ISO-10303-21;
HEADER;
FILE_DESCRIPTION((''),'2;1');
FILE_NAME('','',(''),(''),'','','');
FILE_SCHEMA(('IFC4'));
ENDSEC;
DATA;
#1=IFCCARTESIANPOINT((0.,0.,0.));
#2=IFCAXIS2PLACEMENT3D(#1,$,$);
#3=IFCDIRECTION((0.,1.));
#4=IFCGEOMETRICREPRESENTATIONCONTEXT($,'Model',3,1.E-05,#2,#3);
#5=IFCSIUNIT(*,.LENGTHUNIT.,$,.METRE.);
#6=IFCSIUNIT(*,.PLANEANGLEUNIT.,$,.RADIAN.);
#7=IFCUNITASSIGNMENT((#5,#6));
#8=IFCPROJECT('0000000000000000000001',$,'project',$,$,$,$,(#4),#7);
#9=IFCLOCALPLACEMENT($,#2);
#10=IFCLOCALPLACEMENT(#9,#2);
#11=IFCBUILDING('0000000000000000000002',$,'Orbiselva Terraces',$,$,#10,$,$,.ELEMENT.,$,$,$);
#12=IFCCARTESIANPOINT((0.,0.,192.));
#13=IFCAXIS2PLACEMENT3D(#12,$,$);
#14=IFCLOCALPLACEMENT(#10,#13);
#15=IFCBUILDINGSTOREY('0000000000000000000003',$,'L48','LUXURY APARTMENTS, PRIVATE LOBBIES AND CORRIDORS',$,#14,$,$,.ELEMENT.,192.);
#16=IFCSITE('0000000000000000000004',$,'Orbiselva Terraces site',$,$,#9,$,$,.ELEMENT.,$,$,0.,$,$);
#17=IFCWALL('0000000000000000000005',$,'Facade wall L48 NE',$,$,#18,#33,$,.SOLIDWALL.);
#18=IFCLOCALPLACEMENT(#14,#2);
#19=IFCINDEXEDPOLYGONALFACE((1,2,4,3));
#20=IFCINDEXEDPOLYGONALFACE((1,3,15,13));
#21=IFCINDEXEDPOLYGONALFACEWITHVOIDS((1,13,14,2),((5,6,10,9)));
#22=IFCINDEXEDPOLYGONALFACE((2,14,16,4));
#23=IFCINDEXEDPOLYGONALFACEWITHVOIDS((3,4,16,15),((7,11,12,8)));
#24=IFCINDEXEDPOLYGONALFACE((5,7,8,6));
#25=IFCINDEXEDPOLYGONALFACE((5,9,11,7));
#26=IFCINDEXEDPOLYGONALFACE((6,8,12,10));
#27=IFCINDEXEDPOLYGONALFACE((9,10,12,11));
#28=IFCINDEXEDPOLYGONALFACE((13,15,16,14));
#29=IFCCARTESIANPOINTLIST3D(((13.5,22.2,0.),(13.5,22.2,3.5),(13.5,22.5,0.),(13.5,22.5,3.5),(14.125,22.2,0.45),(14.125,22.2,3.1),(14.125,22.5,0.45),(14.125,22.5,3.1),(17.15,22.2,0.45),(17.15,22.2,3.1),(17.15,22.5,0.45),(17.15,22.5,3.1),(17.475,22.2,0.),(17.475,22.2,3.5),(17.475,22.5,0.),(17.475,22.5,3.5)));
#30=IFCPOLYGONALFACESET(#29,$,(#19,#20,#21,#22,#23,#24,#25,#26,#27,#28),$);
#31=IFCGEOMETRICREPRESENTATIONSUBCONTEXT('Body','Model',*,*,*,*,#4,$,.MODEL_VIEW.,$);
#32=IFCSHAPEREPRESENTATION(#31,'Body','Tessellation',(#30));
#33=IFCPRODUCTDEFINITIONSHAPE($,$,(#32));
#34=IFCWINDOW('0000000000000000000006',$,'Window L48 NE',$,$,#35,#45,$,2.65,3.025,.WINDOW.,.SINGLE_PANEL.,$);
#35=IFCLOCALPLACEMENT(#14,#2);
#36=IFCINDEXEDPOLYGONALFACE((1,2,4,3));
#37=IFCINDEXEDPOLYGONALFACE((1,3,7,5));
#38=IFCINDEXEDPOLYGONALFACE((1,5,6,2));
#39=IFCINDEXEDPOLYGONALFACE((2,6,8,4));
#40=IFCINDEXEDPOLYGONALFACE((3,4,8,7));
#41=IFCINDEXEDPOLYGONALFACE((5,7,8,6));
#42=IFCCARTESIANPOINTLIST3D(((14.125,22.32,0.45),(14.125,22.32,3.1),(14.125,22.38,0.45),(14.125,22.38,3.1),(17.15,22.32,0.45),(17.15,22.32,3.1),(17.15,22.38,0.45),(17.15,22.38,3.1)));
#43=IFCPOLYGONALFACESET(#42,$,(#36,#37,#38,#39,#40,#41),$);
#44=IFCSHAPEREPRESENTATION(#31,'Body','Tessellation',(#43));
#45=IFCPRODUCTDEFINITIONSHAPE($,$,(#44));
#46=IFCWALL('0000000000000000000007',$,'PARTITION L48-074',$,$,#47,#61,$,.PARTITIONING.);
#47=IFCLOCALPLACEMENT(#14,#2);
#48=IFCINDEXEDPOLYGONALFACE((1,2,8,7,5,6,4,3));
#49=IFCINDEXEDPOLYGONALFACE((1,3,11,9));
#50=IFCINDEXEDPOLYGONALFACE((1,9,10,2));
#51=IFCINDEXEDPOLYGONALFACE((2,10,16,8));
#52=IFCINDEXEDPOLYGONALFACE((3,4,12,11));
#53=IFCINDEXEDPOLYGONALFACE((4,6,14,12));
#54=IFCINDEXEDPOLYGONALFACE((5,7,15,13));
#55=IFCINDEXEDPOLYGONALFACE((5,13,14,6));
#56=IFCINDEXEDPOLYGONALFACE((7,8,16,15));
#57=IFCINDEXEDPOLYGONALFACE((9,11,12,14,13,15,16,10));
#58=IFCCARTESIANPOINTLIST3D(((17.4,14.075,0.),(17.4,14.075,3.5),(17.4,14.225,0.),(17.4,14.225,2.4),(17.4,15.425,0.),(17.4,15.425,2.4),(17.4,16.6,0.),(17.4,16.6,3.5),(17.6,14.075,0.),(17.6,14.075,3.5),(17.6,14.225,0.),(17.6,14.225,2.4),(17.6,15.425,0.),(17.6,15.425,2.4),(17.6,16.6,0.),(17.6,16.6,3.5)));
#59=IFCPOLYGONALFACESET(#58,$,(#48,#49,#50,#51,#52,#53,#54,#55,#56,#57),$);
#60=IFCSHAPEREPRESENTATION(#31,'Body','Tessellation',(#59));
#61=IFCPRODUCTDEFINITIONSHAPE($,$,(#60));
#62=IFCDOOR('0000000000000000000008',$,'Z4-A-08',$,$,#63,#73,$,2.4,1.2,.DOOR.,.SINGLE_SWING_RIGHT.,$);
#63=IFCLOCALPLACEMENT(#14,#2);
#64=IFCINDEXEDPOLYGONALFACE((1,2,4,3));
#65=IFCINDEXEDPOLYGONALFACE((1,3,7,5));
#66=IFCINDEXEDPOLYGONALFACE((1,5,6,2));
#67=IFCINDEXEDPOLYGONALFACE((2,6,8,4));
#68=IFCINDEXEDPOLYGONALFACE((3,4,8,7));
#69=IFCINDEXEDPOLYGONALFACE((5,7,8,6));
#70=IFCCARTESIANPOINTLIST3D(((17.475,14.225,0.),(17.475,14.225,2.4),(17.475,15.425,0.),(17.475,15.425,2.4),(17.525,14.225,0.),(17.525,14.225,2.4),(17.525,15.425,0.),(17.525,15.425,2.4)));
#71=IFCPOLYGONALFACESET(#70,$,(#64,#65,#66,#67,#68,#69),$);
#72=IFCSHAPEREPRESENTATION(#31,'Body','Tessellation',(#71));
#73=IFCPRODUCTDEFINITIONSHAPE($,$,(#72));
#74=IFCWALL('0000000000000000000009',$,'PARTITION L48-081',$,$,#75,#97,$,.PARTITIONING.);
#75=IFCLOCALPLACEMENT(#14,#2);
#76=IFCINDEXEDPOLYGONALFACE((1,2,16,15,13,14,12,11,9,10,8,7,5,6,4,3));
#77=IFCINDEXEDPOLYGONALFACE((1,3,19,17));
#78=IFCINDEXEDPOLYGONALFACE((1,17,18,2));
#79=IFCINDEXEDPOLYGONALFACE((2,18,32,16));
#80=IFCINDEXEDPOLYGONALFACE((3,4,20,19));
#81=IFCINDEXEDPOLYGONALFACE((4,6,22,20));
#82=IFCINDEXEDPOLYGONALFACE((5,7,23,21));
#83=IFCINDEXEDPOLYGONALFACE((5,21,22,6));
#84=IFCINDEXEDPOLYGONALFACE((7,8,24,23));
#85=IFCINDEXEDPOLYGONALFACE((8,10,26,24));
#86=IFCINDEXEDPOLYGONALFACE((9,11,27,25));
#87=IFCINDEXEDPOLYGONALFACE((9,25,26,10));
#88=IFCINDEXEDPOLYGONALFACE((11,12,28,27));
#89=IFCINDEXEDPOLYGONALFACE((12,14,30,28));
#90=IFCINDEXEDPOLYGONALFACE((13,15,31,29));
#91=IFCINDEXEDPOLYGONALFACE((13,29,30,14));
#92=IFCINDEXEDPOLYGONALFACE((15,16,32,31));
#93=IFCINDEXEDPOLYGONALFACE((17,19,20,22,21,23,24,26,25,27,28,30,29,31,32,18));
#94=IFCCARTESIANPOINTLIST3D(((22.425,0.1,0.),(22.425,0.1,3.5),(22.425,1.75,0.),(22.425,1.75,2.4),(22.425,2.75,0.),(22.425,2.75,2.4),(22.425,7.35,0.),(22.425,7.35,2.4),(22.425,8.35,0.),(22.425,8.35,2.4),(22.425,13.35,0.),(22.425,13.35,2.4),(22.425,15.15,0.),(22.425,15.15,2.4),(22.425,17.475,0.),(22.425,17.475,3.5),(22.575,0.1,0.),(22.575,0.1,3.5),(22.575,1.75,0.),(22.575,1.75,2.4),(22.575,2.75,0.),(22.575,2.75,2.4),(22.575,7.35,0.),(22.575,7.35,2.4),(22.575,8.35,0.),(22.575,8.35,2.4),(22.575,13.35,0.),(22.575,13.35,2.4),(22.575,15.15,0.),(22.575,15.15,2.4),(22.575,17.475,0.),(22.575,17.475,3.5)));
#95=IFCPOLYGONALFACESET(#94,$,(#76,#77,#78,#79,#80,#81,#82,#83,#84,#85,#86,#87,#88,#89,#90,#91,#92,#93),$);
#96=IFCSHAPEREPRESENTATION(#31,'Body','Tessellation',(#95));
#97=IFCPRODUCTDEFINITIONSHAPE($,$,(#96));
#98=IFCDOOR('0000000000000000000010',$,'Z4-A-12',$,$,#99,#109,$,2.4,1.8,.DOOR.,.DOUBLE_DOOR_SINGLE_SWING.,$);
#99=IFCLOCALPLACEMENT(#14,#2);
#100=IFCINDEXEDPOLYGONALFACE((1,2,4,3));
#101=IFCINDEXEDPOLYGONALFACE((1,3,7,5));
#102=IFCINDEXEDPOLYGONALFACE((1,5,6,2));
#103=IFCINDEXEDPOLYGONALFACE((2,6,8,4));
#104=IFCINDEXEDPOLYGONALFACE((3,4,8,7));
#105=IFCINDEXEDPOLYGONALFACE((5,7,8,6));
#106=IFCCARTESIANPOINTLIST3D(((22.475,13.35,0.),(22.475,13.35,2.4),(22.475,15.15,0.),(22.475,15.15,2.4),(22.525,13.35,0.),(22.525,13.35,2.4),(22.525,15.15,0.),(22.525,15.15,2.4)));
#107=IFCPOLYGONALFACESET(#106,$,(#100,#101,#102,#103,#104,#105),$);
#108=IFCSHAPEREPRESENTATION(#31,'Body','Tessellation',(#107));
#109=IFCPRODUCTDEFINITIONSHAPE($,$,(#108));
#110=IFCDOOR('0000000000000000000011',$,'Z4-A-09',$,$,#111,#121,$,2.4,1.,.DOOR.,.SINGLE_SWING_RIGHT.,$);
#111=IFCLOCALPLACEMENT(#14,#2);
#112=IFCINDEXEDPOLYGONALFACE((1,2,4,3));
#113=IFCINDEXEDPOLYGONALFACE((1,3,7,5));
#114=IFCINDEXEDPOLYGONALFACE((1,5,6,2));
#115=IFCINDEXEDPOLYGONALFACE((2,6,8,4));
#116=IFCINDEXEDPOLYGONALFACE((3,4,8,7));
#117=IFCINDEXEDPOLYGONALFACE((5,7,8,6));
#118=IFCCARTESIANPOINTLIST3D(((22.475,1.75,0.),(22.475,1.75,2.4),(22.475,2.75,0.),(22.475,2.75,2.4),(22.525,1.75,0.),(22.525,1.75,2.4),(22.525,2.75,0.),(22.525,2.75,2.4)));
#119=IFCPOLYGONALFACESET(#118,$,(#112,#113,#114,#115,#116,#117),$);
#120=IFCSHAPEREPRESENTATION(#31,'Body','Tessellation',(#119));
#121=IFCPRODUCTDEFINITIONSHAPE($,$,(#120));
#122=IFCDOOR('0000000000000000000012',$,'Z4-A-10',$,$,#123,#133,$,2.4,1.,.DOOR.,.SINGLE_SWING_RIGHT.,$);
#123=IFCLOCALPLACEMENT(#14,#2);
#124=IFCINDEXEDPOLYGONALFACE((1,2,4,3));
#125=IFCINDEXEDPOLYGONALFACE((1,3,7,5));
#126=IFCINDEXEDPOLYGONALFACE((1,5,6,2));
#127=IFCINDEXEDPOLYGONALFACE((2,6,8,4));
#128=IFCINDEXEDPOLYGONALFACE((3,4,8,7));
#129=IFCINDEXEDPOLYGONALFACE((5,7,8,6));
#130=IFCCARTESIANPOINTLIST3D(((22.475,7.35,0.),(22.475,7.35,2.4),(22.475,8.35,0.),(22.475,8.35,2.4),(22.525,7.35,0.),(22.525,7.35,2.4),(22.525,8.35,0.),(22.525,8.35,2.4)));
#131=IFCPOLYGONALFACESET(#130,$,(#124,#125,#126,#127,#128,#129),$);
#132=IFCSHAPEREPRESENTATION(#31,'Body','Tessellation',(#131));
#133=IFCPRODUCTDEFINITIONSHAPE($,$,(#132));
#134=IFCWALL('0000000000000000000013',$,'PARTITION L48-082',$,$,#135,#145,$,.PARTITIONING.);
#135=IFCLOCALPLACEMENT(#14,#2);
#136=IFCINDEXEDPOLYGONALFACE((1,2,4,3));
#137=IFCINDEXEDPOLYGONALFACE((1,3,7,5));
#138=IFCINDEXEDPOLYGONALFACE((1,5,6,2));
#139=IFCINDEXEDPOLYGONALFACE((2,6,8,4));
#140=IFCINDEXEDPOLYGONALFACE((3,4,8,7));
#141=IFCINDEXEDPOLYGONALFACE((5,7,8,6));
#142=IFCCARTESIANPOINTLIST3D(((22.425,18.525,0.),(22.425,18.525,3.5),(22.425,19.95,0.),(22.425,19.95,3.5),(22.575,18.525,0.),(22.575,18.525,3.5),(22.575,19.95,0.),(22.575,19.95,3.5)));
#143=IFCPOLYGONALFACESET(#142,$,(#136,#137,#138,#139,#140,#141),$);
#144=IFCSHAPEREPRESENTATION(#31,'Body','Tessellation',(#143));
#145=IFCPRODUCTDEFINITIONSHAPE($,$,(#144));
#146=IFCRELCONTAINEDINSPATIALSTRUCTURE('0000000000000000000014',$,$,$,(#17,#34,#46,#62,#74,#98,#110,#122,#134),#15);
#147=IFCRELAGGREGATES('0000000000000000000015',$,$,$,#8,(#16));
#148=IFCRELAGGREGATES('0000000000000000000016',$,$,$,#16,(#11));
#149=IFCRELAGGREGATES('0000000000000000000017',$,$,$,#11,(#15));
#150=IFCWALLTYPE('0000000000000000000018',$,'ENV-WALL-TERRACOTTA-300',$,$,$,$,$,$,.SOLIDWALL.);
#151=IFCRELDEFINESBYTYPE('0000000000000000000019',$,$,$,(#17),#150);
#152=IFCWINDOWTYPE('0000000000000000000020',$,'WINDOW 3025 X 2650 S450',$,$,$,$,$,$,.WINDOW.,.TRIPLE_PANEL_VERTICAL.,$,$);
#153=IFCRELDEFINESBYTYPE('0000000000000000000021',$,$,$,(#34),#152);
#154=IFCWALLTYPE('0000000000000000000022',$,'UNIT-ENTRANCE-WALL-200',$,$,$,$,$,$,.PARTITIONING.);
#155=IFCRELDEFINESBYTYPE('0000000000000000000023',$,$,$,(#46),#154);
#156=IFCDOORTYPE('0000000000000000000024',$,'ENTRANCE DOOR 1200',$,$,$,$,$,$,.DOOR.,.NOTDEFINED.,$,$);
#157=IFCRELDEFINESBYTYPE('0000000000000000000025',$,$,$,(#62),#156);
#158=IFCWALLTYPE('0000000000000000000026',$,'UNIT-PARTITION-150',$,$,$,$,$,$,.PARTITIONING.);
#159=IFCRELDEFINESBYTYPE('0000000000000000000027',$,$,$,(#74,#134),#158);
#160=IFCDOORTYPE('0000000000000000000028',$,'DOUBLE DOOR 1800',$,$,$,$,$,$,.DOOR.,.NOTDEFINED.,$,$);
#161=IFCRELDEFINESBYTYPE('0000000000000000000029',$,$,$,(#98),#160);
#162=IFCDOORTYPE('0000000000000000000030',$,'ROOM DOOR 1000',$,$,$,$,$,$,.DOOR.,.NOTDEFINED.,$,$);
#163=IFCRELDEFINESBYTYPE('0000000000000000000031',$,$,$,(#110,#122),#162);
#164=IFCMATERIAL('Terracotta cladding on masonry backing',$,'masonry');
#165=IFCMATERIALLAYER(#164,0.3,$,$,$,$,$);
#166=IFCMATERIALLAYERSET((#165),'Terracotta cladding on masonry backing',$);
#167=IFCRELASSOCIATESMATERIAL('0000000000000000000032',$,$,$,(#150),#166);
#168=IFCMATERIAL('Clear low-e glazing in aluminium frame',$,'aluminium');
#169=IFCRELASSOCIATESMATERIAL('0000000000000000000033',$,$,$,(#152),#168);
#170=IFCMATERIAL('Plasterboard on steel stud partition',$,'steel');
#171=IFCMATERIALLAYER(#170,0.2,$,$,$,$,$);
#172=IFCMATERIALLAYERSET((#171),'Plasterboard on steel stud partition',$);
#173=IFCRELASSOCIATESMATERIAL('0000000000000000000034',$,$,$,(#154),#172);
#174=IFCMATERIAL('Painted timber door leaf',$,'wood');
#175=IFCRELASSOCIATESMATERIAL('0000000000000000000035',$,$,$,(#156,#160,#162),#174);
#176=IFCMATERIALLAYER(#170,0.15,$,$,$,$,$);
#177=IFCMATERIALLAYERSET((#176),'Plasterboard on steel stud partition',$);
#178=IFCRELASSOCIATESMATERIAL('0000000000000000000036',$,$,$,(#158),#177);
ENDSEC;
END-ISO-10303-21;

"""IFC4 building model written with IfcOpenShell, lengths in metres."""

from ifc_helpers import new_model, si_unit, direction, frame, frame_2d, origin, place, context, subcontext, project, spatial, rectangle, extrude, material, layer, layer_set, type_object, element, fill, save


model = new_model("IFC4")

# Units and contexts
model_context = context("Model", 3, precision=1e-05, world=origin(), true_north=direction((0.0, 1.0)))
body_context = subcontext(model_context, "Body", "Model", "MODEL_VIEW")
ifc_project = project(units=[si_unit("LENGTHUNIT", "METRE"), si_unit("PLANEANGLEUNIT", "RADIAN")], contexts=[model_context])

# Site, building, storey
site_placement = place(None, origin())
site = spatial("IfcSite", under=ifc_project, at=site_placement, Name="Orbiselva Terraces site", CompositionType="ELEMENT", RefElevation=0.0)
building_placement = place(site_placement, origin())
building = spatial("IfcBuilding", under=site, at=building_placement, Name="Orbiselva Terraces", CompositionType="ELEMENT")
storey_placement = place(building_placement, frame((0.0, 0.0, 192.0)))
storey = spatial("IfcBuildingStorey", under=building, at=storey_placement, Name="L48", Description="LUXURY APARTMENTS, PRIVATE LOBBIES AND CORRIDORS", CompositionType="ELEMENT", Elevation=192.0)

# Shared definitions
ifc_material_1 = material(Name="Terracotta cladding on masonry backing", Category="masonry")
ifc_layer_1 = layer(ifc_material_1, 0.3)
ifc_layer_set_1 = layer_set([ifc_layer_1], Name="Terracotta cladding on masonry backing")
wall_type_1 = type_object("IfcWallType", Name="ENV-WALL-TERRACOTTA-300", PredefinedType="SOLIDWALL", material=ifc_layer_set_1)
ifc_material_2 = material(Name="Clear low-e glazing in aluminium frame", Category="aluminium")
window_type = type_object("IfcWindowType", Name="WINDOW 3025 X 2650 S450", PartitioningType="TRIPLE_PANEL_VERTICAL", PredefinedType="WINDOW", material=ifc_material_2)

# Wall, opening, window
wall_1_placement = place(storey_placement, frame((13.5, 22.35, 0.0), z_axis=(0.0, 0.0, 1.0), x_axis=(1.0, 0.0, 0.0)))
wall_1 = element("IfcWall", 1, at=wall_1_placement, inside=storey, type_object=wall_type_1, Name="Facade wall L48 NE", PredefinedType="SOLIDWALL", context=body_context, shape_type="SweptSolid", body=[
    extrude(rectangle(XDim=3.975, YDim=0.3, at=frame_2d((1.9875, 0.0))), origin(), (0.0, 0.0, 1.0), 3.5),
])
opening_1_placement = place(wall_1_placement, frame((0.625, 0.0, 0.45)))
opening_1 = element("IfcOpeningElement", 2, at=opening_1_placement, cuts=wall_1, PredefinedType="OPENING", context=body_context, shape_type="SweptSolid", body=[
    extrude(rectangle(XDim=3.025, YDim=2.65, at=frame_2d((1.5125, 1.325))), frame((0.0, 0.16, 0.0), z_axis=(0.0, -1.0, 0.0), x_axis=(1.0, 0.0, 0.0)), (0.0, 0.0, 1.0), 0.32),
])
window_1_placement = place(opening_1_placement, origin())
window_1 = element("IfcWindow", 3, at=window_1_placement, inside=storey, type_object=window_type, Name="Window L48 NE", OverallHeight=2.65, OverallWidth=3.025, PartitioningType="SINGLE_PANEL", PredefinedType="WINDOW", context=body_context, shape_type="SweptSolid", body=[
    extrude(rectangle(XDim=3.025, YDim=2.65, at=frame_2d((1.5125, 1.325))), frame((0.0, 0.03, 0.0), z_axis=(0.0, -1.0, 0.0), x_axis=(1.0, 0.0, 0.0)), (0.0, 0.0, 1.0), 0.06),
])
fill(opening_1, window_1)

# Wall, opening, door
ifc_material_3 = material(Name="Plasterboard on steel stud partition", Category="steel")
ifc_layer_2 = layer(ifc_material_3, 0.2)
ifc_layer_set_2 = layer_set([ifc_layer_2], Name="Plasterboard on steel stud partition")
wall_type_2 = type_object("IfcWallType", Name="UNIT-ENTRANCE-WALL-200", PredefinedType="PARTITIONING", material=ifc_layer_set_2)
wall_2_placement = place(storey_placement, frame((17.5, 16.6, 0.0), z_axis=(0.0, 0.0, 1.0), x_axis=(0.0, -1.0, 0.0)))
wall_2 = element("IfcWall", 4, at=wall_2_placement, inside=storey, type_object=wall_type_2, Name="PARTITION L48-074", PredefinedType="PARTITIONING", context=body_context, shape_type="SweptSolid", body=[
    extrude(rectangle(XDim=2.525, YDim=0.2, at=frame_2d((1.2625, 0.0))), origin(), (0.0, 0.0, 1.0), 3.5),
])
opening_2_placement = place(wall_2_placement, frame((1.175, 0.0, 0.0)))
opening_2 = element("IfcOpeningElement", 5, at=opening_2_placement, cuts=wall_2, PredefinedType="OPENING", context=body_context, shape_type="SweptSolid", body=[
    extrude(rectangle(XDim=1.2, YDim=2.4, at=frame_2d((0.6, 1.2))), frame((0.0, 0.11, 0.0), z_axis=(0.0, -1.0, 0.0), x_axis=(1.0, 0.0, 0.0)), (0.0, 0.0, 1.0), 0.22),
])
ifc_material_4 = material(Name="Painted timber door leaf", Category="wood")
door_type_1 = type_object("IfcDoorType", Name="ENTRANCE DOOR 1200", OperationType="NOTDEFINED", PredefinedType="DOOR", material=ifc_material_4)
door_1_placement = place(opening_2_placement, origin())
door_1 = element("IfcDoor", 6, at=door_1_placement, inside=storey, type_object=door_type_1, Name="Z4-A-08", OperationType="SINGLE_SWING_RIGHT", OverallHeight=2.4, OverallWidth=1.2, PredefinedType="DOOR", context=body_context, shape_type="SweptSolid", body=[
    extrude(rectangle(XDim=1.2, YDim=2.4, at=frame_2d((0.6, 1.2))), frame((0.0, 0.025, 0.0), z_axis=(0.0, -1.0, 0.0), x_axis=(1.0, 0.0, 0.0)), (0.0, 0.0, 1.0), 0.05),
])
fill(opening_2, door_1)

# Wall, openings, doors
ifc_layer_3 = layer(ifc_material_3, 0.15)
ifc_layer_set_3 = layer_set([ifc_layer_3], Name="Plasterboard on steel stud partition")
wall_type_3 = type_object("IfcWallType", Name="UNIT-PARTITION-150", PredefinedType="PARTITIONING", material=ifc_layer_set_3)
wall_3_placement = place(storey_placement, frame((22.5, 17.475, 0.0), z_axis=(0.0, 0.0, 1.0), x_axis=(0.0, -1.0, 0.0)))
wall_3 = element("IfcWall", 7, at=wall_3_placement, inside=storey, type_object=wall_type_3, Name="PARTITION L48-081", PredefinedType="PARTITIONING", context=body_context, shape_type="SweptSolid", body=[
    extrude(rectangle(XDim=17.375, YDim=0.15, at=frame_2d((8.6875, 0.0))), origin(), (0.0, 0.0, 1.0), 3.5),
])
opening_3_placement = place(wall_3_placement, frame((14.725, 0.0, 0.0)))
opening_3 = element("IfcOpeningElement", 8, at=opening_3_placement, cuts=wall_3, PredefinedType="OPENING", context=body_context, shape_type="SweptSolid", body=[
    extrude(rectangle(XDim=1.0, YDim=2.4, at=frame_2d((0.5, 1.2))), frame((0.0, 0.085, 0.0), z_axis=(0.0, -1.0, 0.0), x_axis=(1.0, 0.0, 0.0)), (0.0, 0.0, 1.0), 0.17),
])
opening_4_placement = place(wall_3_placement, frame((9.125, 0.0, 0.0)))
opening_4 = element("IfcOpeningElement", 9, at=opening_4_placement, cuts=wall_3, PredefinedType="OPENING", context=body_context, shape_type="SweptSolid", body=[
    extrude(rectangle(XDim=1.0, YDim=2.4, at=frame_2d((0.5, 1.2))), frame((0.0, 0.085, 0.0), z_axis=(0.0, -1.0, 0.0), x_axis=(1.0, 0.0, 0.0)), (0.0, 0.0, 1.0), 0.17),
])
opening_5_placement = place(wall_3_placement, frame((2.325, 0.0, 0.0)))
opening_5 = element("IfcOpeningElement", 10, at=opening_5_placement, cuts=wall_3, PredefinedType="OPENING", context=body_context, shape_type="SweptSolid", body=[
    extrude(rectangle(XDim=1.8, YDim=2.4, at=frame_2d((0.9, 1.2))), frame((0.0, 0.085, 0.0), z_axis=(0.0, -1.0, 0.0), x_axis=(1.0, 0.0, 0.0)), (0.0, 0.0, 1.0), 0.17),
])
door_type_2 = type_object("IfcDoorType", Name="DOUBLE DOOR 1800", OperationType="NOTDEFINED", PredefinedType="DOOR", material=ifc_material_4)
door_2_placement = place(opening_5_placement, origin())
door_2 = element("IfcDoor", 11, at=door_2_placement, inside=storey, type_object=door_type_2, Name="Z4-A-12", OperationType="DOUBLE_DOOR_SINGLE_SWING", OverallHeight=2.4, OverallWidth=1.8, PredefinedType="DOOR", context=body_context, shape_type="SweptSolid", body=[
    extrude(rectangle(XDim=1.8, YDim=2.4, at=frame_2d((0.9, 1.2))), frame((0.0, 0.025, 0.0), z_axis=(0.0, -1.0, 0.0), x_axis=(1.0, 0.0, 0.0)), (0.0, 0.0, 1.0), 0.05),
])
fill(opening_5, door_2)
door_type_3 = type_object("IfcDoorType", Name="ROOM DOOR 1000", OperationType="NOTDEFINED", PredefinedType="DOOR", material=ifc_material_4)
door_3_placement = place(opening_3_placement, origin())
door_3 = element("IfcDoor", 12, at=door_3_placement, inside=storey, type_object=door_type_3, Name="Z4-A-09", OperationType="SINGLE_SWING_RIGHT", OverallHeight=2.4, OverallWidth=1.0, PredefinedType="DOOR", context=body_context, shape_type="SweptSolid", body=[
    extrude(rectangle(XDim=1.0, YDim=2.4, at=frame_2d((0.5, 1.2))), frame((0.0, 0.025, 0.0), z_axis=(0.0, -1.0, 0.0), x_axis=(1.0, 0.0, 0.0)), (0.0, 0.0, 1.0), 0.05),
])
fill(opening_3, door_3)
door_4_placement = place(opening_4_placement, origin())
door_4 = element("IfcDoor", 13, at=door_4_placement, inside=storey, type_object=door_type_3, Name="Z4-A-10", OperationType="SINGLE_SWING_RIGHT", OverallHeight=2.4, OverallWidth=1.0, PredefinedType="DOOR", context=body_context, shape_type="SweptSolid", body=[
    extrude(rectangle(XDim=1.0, YDim=2.4, at=frame_2d((0.5, 1.2))), frame((0.0, 0.025, 0.0), z_axis=(0.0, -1.0, 0.0), x_axis=(1.0, 0.0, 0.0)), (0.0, 0.0, 1.0), 0.05),
])
fill(opening_4, door_4)

# Wall
wall_4_placement = place(storey_placement, frame((22.5, 18.525, 0.0), z_axis=(0.0, 0.0, 1.0), x_axis=(0.0, 1.0, 0.0)))
element("IfcWall", 14, at=wall_4_placement, inside=storey, type_object=wall_type_3, Name="PARTITION L48-082", PredefinedType="PARTITIONING", context=body_context, shape_type="SweptSolid", body=[
    extrude(rectangle(XDim=1.425, YDim=0.15, at=frame_2d((0.7125, 0.0))), origin(), (0.0, 0.0, 1.0), 3.5),
])

save(model, "model.ifc")
